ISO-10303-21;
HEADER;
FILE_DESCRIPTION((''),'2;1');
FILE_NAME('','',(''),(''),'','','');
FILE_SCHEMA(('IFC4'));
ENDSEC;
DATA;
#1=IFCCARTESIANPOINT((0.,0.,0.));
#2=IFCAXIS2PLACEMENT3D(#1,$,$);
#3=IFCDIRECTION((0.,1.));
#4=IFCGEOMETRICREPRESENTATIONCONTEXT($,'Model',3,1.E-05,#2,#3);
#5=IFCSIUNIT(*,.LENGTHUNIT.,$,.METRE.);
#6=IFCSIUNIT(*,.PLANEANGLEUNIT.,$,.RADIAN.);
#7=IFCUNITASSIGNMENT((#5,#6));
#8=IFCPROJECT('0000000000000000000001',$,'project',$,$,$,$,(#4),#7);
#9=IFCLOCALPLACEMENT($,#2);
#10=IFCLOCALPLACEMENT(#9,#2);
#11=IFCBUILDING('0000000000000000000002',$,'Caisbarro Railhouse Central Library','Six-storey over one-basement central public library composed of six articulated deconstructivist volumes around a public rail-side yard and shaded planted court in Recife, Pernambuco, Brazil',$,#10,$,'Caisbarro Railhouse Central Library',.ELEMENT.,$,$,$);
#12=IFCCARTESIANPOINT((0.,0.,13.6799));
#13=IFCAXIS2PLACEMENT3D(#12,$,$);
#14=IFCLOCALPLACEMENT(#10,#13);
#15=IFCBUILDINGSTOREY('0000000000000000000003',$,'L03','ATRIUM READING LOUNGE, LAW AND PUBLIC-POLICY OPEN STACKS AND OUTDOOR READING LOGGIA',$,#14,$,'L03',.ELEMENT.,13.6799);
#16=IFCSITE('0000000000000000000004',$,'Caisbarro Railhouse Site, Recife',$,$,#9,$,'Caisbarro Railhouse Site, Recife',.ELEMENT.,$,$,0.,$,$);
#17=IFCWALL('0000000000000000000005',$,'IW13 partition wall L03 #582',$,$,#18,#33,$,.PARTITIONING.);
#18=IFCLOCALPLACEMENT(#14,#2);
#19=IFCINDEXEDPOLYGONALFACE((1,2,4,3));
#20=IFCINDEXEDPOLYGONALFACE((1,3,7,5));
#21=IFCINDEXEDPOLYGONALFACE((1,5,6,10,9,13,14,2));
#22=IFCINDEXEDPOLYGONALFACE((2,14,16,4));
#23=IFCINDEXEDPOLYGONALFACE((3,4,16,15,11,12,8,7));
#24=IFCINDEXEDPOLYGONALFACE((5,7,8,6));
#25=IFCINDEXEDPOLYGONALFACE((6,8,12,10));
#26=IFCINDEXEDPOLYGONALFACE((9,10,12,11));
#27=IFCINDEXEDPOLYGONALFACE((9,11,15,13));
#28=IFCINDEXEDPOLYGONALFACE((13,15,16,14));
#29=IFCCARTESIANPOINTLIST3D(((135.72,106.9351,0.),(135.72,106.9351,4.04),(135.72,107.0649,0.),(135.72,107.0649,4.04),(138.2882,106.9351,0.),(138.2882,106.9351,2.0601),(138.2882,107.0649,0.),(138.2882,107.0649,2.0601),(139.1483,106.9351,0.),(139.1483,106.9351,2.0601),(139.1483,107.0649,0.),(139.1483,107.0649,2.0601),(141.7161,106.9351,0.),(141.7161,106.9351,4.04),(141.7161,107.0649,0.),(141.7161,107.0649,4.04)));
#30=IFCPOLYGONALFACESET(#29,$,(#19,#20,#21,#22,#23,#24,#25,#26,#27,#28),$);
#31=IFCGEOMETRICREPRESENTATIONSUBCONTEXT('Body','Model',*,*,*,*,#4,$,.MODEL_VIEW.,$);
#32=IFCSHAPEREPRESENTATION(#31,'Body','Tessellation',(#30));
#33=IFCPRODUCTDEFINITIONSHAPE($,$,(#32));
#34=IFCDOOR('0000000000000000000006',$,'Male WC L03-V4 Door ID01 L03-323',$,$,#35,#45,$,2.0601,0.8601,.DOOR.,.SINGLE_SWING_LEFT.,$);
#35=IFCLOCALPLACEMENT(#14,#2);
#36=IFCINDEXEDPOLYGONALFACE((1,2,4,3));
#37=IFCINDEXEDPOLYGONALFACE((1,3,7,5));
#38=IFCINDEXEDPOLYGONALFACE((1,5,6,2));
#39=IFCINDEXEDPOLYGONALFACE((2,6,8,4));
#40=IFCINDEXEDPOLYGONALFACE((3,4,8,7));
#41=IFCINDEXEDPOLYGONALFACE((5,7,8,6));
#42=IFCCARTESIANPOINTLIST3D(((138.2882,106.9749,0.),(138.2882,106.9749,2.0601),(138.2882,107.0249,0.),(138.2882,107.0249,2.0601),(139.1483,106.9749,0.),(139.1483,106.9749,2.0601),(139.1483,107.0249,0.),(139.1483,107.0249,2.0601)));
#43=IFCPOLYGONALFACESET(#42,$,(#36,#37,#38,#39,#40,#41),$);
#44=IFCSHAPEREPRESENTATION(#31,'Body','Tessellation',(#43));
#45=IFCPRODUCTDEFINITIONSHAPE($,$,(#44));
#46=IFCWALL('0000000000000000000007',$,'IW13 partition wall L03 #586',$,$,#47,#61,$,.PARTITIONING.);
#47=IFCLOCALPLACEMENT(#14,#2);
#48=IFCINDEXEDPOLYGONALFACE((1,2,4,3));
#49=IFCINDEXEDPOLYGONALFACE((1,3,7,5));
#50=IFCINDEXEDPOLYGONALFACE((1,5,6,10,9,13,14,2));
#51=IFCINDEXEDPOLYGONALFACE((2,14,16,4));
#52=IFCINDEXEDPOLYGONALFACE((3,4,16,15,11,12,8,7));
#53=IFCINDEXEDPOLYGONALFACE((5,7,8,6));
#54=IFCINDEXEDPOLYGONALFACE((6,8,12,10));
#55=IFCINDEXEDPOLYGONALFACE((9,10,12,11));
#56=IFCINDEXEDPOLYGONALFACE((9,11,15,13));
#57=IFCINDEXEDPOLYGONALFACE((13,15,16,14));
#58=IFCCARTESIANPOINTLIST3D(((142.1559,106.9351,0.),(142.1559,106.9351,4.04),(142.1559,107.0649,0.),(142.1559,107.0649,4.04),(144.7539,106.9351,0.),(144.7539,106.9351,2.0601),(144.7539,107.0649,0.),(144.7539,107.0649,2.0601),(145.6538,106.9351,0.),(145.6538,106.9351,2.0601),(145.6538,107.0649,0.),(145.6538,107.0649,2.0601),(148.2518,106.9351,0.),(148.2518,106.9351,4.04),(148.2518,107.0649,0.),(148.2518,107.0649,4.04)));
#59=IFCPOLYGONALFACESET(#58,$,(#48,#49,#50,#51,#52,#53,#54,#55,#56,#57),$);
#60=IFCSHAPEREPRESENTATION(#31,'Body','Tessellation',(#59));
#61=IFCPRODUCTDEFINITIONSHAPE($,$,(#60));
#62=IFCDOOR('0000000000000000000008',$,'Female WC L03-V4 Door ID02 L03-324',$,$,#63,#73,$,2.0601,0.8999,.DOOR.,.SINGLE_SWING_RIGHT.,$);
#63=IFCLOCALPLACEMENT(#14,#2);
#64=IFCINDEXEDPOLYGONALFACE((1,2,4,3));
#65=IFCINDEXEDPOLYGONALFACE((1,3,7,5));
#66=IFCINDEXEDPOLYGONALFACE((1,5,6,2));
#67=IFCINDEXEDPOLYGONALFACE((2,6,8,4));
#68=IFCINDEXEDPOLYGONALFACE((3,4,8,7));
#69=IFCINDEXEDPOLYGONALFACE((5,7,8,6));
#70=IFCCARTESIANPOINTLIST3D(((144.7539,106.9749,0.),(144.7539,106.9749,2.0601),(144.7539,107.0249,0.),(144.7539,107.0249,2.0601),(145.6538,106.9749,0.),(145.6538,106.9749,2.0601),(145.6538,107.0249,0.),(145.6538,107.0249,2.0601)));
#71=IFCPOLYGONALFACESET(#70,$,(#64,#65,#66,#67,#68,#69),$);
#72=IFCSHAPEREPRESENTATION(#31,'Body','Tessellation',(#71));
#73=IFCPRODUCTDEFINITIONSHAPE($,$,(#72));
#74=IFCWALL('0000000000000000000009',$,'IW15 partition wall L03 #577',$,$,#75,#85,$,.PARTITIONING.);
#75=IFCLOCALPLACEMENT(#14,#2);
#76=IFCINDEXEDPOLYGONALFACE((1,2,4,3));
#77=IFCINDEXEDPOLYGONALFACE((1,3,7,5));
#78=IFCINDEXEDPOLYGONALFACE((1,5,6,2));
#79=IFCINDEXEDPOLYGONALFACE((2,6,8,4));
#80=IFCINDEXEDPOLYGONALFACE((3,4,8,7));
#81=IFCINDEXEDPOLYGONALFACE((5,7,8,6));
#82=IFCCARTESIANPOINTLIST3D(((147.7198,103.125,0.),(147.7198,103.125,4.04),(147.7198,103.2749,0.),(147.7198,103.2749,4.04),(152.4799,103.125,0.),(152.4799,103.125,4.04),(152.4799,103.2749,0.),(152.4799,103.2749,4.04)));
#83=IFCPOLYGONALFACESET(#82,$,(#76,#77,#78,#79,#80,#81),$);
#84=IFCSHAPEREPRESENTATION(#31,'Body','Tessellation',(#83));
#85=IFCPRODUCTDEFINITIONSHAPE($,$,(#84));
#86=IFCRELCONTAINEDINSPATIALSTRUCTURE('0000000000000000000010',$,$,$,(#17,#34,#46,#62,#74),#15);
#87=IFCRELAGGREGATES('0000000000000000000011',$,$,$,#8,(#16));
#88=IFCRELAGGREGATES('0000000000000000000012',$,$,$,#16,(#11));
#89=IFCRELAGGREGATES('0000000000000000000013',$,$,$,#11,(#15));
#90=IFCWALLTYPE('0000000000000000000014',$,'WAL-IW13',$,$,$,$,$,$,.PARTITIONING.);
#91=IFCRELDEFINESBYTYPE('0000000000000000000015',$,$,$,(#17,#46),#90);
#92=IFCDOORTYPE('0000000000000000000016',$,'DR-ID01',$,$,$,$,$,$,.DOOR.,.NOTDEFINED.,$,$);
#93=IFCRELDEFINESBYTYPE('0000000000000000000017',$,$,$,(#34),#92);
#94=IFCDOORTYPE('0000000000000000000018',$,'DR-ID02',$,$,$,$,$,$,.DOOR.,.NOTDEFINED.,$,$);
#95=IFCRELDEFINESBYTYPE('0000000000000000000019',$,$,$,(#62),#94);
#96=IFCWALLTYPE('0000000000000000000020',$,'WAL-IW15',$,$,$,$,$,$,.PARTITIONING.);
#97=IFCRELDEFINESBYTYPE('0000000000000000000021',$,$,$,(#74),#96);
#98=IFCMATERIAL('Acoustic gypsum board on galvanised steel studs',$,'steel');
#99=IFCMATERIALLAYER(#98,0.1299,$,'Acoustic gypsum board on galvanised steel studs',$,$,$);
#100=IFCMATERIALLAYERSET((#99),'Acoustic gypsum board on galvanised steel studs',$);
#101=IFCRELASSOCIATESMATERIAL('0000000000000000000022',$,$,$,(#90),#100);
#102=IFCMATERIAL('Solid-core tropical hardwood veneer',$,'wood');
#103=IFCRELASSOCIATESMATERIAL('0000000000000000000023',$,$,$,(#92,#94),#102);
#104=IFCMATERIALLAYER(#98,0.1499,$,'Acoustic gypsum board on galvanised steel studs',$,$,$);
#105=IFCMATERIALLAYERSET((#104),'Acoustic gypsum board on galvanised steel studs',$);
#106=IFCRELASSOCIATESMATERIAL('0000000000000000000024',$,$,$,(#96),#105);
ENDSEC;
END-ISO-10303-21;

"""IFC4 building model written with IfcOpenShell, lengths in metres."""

from ifc_helpers import new_model, si_unit, direction, frame, frame_2d, origin, place, context, subcontext, project, spatial, rectangle, extrude, material, layer, layer_set, type_object, element, fill, save


model = new_model("IFC4")

# Units and contexts
model_context = context("Model", 3, precision=1e-05, world=origin(), true_north=direction((0.0, 1.0)))
body_context = subcontext(model_context, "Body", "Model", "MODEL_VIEW")
ifc_project = project(units=[si_unit("LENGTHUNIT", "METRE"), si_unit("PLANEANGLEUNIT", "RADIAN")], contexts=[model_context])

# Site, building, storey
site_placement = place(None, origin())
site = spatial("IfcSite", under=ifc_project, at=site_placement, Name="Caisbarro Railhouse Site, Recife", LongName="Caisbarro Railhouse Site, Recife", CompositionType="ELEMENT", RefElevation=0.0)
building_placement = place(site_placement, origin())
building = spatial("IfcBuilding", under=site, at=building_placement, Name="Caisbarro Railhouse Central Library", Description="Six-storey over one-basement central public library composed of six articulated deconstructivist volumes around a public rail-side yard and shaded planted court in Recife, Pernambuco, Brazil", LongName="Caisbarro Railhouse Central Library", CompositionType="ELEMENT")
storey_placement = place(building_placement, frame((0.0, 0.0, 13.6799)))
storey = spatial("IfcBuildingStorey", under=building, at=storey_placement, Name="L03", Description="ATRIUM READING LOUNGE, LAW AND PUBLIC-POLICY OPEN STACKS AND OUTDOOR READING LOGGIA", LongName="L03", CompositionType="ELEMENT", Elevation=13.6799)

# Shared definitions
ifc_material_1 = material(Name="Acoustic gypsum board on galvanised steel studs", Category="steel")
ifc_material_2 = material(Name="Solid-core tropical hardwood veneer", Category="wood")

# Walls, openings, doors
ifc_layer_1 = layer(ifc_material_1, 0.1299, Name="Acoustic gypsum board on galvanised steel studs")
ifc_layer_set_1 = layer_set([ifc_layer_1], Name="Acoustic gypsum board on galvanised steel studs")
wall_type_1 = type_object("IfcWallType", Name="WAL-IW13", PredefinedType="PARTITIONING", material=ifc_layer_set_1)
wall_1_placement = place(storey_placement, frame((135.72, 107.0, 0.0), z_axis=(0.0, 0.0, 1.0), x_axis=(1.0, 0.0, 0.0)))
wall_1 = element("IfcWall", 1, at=wall_1_placement, inside=storey, type_object=wall_type_1, Name="IW13 partition wall L03 #582", PredefinedType="PARTITIONING", context=body_context, shape_type="SweptSolid", body=[
    extrude(rectangle(XDim=5.9961, YDim=0.1299, at=frame_2d((2.998, 0.0))), origin(), (0.0, 0.0, 1.0), 4.04),
])
opening_1_placement = place(wall_1_placement, frame((2.5681, 0.0, 0.0)))
opening_1 = element("IfcOpeningElement", 2, at=opening_1_placement, cuts=wall_1, PredefinedType="OPENING", context=body_context, shape_type="SweptSolid", body=[
    extrude(rectangle(XDim=0.8601, YDim=2.0601, at=frame_2d((0.4302, 1.03))), frame((0.0, 0.075, 0.0), z_axis=(0.0, -1.0, 0.0), x_axis=(1.0, 0.0, 0.0)), (0.0, 0.0, 1.0), 0.1499),
])
door_type_1 = type_object("IfcDoorType", Name="DR-ID01", OperationType="NOTDEFINED", PredefinedType="DOOR", material=ifc_material_2)
door_1_placement = place(opening_1_placement, origin())
door_1 = element("IfcDoor", 3, at=door_1_placement, inside=storey, type_object=door_type_1, Name="Male WC L03-V4 Door ID01 L03-323", OperationType="SINGLE_SWING_LEFT", OverallHeight=2.0601, OverallWidth=0.8601, PredefinedType="DOOR", context=body_context, shape_type="SweptSolid", body=[
    extrude(rectangle(XDim=0.8601, YDim=2.0601, at=frame_2d((0.4302, 1.03))), frame((0.0, 0.0249, 0.0), z_axis=(0.0, -1.0, 0.0), x_axis=(1.0, 0.0, 0.0)), (0.0, 0.0, 1.0), 0.05),
])
fill(opening_1, door_1)
wall_2_placement = place(storey_placement, frame((142.156, 107.0, 0.0), z_axis=(0.0, 0.0, 1.0), x_axis=(1.0, 0.0, 0.0)))
wall_2 = element("IfcWall", 4, at=wall_2_placement, inside=storey, type_object=wall_type_1, Name="IW13 partition wall L03 #586", PredefinedType="PARTITIONING", context=body_context, shape_type="SweptSolid", body=[
    extrude(rectangle(XDim=6.0959, YDim=0.1299, at=frame_2d((3.0479, 0.0))), origin(), (0.0, 0.0, 1.0), 4.04),
])
opening_2_placement = place(wall_2_placement, frame((2.5979, 0.0, 0.0)))
opening_2 = element("IfcOpeningElement", 5, at=opening_2_placement, cuts=wall_2, PredefinedType="OPENING", context=body_context, shape_type="SweptSolid", body=[
    extrude(rectangle(XDim=0.8999, YDim=2.0601, at=frame_2d((0.45, 1.03))), frame((0.0, 0.075, 0.0), z_axis=(0.0, -1.0, 0.0), x_axis=(1.0, 0.0, 0.0)), (0.0, 0.0, 1.0), 0.1499),
])
door_type_2 = type_object("IfcDoorType", Name="DR-ID02", OperationType="NOTDEFINED", PredefinedType="DOOR", material=ifc_material_2)
door_2_placement = place(opening_2_placement, origin())
door_2 = element("IfcDoor", 6, at=door_2_placement, inside=storey, type_object=door_type_2, Name="Female WC L03-V4 Door ID02 L03-324", OperationType="SINGLE_SWING_RIGHT", OverallHeight=2.0601, OverallWidth=0.8999, PredefinedType="DOOR", context=body_context, shape_type="SweptSolid", body=[
    extrude(rectangle(XDim=0.8999, YDim=2.0601, at=frame_2d((0.45, 1.03))), frame((0.0, 0.0249, 0.0), z_axis=(0.0, -1.0, 0.0), x_axis=(1.0, 0.0, 0.0)), (0.0, 0.0, 1.0), 0.05),
])
fill(opening_2, door_2)

# Wall
ifc_layer_2 = layer(ifc_material_1, 0.1499, Name="Acoustic gypsum board on galvanised steel studs")
ifc_layer_set_2 = layer_set([ifc_layer_2], Name="Acoustic gypsum board on galvanised steel studs")
wall_type_2 = type_object("IfcWallType", Name="WAL-IW15", PredefinedType="PARTITIONING", material=ifc_layer_set_2)
wall_3_placement = place(storey_placement, frame((147.72, 103.2, 0.0), z_axis=(0.0, 0.0, 1.0), x_axis=(1.0, 0.0, 0.0)))
element("IfcWall", 7, at=wall_3_placement, inside=storey, type_object=wall_type_2, Name="IW15 partition wall L03 #577", PredefinedType="PARTITIONING", context=body_context, shape_type="SweptSolid", body=[
    extrude(rectangle(XDim=4.76, YDim=0.1499, at=frame_2d((2.3799, 0.0))), origin(), (0.0, 0.0, 1.0), 4.04),
])

save(model, "model.ifc")
